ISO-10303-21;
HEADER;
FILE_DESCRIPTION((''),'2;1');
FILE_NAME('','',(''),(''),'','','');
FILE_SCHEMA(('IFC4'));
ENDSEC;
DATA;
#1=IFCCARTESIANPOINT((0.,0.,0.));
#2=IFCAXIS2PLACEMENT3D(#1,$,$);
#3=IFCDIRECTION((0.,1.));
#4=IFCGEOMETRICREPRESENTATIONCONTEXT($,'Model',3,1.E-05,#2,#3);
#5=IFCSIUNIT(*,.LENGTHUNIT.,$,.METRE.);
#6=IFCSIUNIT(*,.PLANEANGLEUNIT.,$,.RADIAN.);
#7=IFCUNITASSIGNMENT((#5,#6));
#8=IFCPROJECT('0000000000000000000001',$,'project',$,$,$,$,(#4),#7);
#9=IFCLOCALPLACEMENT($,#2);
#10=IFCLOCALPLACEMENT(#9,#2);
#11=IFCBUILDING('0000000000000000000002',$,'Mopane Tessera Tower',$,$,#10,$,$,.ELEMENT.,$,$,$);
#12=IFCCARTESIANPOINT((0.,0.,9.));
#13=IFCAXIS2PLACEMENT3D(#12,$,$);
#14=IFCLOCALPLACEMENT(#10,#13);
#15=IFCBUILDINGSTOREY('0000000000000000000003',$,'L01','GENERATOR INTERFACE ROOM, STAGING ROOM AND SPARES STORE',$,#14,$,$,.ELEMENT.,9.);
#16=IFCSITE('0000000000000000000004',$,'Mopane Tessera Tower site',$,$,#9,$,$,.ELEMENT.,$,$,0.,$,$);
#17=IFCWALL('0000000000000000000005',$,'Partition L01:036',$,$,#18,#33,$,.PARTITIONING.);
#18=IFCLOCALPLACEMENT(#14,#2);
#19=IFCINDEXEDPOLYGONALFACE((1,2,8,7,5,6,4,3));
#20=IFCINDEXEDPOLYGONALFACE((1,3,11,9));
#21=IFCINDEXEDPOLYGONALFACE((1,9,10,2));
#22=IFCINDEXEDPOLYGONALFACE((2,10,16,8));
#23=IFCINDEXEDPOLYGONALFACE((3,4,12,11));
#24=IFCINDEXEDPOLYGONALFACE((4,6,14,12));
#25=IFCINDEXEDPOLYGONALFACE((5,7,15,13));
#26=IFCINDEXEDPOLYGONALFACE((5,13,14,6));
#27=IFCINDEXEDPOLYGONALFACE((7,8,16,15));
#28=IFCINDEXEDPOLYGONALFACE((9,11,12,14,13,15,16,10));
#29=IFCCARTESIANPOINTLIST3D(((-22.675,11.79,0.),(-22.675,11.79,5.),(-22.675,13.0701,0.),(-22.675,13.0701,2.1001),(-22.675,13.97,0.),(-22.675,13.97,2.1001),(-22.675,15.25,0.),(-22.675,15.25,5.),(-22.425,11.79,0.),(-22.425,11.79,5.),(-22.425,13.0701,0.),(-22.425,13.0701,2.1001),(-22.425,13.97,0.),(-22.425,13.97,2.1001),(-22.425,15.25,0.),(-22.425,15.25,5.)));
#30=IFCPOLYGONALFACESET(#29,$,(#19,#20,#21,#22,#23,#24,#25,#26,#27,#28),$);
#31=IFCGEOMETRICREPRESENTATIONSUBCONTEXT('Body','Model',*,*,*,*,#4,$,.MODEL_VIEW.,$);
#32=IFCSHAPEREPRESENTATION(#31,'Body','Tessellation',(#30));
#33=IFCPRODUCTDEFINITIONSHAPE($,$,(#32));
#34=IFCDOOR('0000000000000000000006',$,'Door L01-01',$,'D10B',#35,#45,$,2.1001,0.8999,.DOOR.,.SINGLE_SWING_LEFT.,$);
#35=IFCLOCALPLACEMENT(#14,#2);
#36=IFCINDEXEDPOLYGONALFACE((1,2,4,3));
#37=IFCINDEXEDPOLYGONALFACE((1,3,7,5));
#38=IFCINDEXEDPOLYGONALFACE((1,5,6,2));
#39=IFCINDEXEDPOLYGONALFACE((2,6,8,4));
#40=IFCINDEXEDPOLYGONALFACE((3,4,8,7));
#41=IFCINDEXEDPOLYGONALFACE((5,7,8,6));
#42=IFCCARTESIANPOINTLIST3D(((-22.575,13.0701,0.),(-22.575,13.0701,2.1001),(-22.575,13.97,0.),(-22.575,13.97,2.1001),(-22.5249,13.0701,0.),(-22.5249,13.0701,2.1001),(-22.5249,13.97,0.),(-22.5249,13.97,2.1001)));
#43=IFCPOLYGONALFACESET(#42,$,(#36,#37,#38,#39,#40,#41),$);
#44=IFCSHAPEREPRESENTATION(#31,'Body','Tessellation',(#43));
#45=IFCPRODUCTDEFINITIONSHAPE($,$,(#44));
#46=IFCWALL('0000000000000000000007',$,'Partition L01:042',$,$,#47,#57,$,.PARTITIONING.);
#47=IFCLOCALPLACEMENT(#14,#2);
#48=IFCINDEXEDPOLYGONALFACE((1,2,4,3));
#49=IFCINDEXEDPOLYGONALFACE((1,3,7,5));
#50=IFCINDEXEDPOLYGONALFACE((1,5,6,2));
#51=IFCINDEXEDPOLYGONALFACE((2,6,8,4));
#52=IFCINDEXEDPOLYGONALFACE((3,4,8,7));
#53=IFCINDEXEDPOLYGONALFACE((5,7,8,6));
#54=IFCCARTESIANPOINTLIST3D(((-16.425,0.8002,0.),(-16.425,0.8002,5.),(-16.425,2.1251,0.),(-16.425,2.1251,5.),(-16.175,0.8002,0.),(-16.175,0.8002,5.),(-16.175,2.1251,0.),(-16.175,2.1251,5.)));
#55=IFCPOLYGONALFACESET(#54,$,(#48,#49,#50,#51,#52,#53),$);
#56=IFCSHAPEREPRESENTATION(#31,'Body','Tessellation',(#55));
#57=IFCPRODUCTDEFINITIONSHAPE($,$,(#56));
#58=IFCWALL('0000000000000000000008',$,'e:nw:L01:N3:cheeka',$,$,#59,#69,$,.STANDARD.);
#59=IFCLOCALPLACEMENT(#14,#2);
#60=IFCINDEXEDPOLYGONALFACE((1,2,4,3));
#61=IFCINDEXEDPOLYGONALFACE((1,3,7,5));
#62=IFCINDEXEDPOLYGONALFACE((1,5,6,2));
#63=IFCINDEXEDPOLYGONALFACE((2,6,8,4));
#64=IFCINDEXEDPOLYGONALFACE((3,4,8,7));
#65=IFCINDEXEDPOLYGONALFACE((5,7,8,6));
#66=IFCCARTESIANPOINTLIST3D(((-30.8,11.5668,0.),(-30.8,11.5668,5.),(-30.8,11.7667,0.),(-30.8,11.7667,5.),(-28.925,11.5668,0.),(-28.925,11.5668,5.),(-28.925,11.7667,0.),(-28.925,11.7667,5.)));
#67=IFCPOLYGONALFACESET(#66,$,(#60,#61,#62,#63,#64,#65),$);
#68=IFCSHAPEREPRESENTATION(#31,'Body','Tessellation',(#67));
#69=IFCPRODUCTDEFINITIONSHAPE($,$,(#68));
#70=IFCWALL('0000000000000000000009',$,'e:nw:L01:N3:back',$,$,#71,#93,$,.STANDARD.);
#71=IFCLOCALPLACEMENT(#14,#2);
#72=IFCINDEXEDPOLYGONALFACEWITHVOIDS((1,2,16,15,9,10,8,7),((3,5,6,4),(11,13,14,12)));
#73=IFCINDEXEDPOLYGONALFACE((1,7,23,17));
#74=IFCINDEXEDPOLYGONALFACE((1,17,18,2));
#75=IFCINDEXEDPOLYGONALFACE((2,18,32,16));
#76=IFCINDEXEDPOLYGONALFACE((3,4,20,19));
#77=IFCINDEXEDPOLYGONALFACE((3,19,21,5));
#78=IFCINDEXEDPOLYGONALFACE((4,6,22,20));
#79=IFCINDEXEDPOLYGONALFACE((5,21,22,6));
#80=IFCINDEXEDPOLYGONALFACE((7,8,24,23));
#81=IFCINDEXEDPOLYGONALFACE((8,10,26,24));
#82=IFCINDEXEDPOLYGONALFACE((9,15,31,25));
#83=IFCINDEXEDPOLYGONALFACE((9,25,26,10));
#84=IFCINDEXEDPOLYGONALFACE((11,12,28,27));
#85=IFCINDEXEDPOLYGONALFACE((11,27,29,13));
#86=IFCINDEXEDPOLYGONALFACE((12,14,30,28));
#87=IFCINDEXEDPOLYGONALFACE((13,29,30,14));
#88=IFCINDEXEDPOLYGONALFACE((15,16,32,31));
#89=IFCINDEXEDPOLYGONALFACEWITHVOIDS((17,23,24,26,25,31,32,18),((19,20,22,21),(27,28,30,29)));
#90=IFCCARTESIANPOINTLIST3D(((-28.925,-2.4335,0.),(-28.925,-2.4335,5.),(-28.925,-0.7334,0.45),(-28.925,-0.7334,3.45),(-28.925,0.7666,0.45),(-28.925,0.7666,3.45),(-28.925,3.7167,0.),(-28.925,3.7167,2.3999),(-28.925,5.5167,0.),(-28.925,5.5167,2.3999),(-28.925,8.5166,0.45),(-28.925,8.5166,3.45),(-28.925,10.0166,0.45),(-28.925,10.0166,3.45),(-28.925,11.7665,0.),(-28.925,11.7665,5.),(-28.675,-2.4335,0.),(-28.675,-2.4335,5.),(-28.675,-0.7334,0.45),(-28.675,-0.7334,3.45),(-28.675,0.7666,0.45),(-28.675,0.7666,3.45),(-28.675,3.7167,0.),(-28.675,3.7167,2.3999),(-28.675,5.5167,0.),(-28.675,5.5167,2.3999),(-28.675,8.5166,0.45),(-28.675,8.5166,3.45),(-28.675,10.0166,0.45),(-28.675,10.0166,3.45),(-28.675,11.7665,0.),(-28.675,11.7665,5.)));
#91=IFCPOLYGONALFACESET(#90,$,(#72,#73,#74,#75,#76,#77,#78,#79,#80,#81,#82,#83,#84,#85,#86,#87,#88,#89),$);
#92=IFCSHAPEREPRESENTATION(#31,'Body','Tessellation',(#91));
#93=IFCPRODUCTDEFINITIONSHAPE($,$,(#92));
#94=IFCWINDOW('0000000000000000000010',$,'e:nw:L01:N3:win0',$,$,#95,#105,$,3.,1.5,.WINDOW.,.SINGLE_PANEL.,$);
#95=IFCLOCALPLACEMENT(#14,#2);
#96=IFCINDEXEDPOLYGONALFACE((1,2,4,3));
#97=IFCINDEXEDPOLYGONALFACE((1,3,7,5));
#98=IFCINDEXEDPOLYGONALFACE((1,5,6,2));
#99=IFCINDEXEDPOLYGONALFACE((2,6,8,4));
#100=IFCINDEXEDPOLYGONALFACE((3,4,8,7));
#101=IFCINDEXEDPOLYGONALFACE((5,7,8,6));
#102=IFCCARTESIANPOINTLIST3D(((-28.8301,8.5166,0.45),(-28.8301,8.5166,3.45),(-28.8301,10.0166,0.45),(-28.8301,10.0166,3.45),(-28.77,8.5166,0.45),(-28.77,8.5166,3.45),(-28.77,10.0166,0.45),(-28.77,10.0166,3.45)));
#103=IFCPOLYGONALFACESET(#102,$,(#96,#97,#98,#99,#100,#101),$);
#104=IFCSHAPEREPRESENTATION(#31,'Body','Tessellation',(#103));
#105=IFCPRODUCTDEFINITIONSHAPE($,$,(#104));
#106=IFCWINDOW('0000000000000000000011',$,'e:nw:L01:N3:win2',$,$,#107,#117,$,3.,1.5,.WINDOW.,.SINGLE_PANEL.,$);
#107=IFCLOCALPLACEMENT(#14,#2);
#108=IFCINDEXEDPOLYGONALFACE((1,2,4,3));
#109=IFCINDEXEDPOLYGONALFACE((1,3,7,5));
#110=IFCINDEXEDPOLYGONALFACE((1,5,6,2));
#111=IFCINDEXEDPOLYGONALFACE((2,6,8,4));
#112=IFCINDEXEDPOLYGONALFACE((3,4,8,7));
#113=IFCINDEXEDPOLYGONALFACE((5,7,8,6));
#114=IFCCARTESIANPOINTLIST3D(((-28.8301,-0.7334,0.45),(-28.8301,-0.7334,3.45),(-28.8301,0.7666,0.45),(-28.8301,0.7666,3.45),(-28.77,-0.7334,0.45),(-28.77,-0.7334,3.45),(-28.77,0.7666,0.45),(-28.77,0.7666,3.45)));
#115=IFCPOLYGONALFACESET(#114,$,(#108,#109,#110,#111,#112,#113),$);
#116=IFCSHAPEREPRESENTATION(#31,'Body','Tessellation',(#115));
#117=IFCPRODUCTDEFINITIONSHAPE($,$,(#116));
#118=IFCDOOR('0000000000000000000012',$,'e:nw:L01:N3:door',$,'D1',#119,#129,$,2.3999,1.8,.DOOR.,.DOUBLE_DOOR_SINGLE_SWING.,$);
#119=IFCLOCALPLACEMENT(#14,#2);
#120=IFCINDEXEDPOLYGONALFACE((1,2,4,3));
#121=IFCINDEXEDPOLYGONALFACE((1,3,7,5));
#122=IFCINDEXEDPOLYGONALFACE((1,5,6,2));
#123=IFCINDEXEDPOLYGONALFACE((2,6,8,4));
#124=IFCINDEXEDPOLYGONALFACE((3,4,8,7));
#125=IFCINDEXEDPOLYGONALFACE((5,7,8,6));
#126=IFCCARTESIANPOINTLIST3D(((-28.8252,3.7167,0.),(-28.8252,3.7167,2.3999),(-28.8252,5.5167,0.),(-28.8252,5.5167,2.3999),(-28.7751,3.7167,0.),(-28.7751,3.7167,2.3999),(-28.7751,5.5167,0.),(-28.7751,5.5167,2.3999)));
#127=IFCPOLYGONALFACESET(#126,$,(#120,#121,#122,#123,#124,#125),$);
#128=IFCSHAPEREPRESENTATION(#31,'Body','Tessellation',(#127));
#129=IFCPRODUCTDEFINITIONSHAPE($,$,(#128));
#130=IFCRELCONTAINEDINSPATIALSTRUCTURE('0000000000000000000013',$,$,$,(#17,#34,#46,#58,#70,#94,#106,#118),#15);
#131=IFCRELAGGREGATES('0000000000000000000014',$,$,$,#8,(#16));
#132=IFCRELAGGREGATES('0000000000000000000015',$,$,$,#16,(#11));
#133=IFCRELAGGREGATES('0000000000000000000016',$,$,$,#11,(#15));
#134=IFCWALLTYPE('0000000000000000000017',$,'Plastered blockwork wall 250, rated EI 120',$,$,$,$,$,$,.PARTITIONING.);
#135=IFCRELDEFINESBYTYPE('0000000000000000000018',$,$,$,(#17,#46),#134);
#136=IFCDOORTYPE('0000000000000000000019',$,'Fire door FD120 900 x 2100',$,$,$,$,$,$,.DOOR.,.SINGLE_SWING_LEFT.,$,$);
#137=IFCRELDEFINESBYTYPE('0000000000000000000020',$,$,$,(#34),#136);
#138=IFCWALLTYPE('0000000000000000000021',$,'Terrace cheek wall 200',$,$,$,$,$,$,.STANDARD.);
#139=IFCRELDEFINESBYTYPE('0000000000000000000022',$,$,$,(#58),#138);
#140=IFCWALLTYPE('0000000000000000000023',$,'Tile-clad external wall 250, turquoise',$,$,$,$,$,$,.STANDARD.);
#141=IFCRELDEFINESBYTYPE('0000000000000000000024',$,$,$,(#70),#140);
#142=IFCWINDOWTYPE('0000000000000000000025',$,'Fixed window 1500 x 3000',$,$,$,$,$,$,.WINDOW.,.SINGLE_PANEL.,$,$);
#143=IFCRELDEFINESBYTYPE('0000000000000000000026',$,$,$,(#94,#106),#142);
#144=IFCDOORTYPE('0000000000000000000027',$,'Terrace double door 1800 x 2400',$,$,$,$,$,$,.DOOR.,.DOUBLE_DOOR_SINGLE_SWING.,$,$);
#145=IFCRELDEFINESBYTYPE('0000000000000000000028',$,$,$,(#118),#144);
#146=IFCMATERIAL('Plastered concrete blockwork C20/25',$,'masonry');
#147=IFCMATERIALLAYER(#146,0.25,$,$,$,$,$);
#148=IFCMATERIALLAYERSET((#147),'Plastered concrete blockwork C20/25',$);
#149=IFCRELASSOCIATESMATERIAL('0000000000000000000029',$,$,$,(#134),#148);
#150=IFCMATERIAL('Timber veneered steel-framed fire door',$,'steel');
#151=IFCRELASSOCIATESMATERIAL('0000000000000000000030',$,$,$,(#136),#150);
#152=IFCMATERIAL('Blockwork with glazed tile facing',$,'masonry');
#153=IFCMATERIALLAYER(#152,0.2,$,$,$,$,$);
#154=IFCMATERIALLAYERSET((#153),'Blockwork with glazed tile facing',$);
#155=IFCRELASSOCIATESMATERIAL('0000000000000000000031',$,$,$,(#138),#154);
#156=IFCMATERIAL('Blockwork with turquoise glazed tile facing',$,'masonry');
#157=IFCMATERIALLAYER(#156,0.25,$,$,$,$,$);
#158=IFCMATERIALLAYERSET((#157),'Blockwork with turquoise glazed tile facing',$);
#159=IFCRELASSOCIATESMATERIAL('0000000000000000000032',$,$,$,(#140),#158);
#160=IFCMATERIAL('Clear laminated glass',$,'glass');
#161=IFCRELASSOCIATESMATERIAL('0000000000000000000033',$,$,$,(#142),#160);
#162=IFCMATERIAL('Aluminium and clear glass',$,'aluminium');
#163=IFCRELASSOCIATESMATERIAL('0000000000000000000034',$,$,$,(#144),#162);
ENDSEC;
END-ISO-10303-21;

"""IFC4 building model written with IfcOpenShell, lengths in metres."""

from ifc_helpers import new_model, si_unit, direction, frame, frame_2d, origin, place, context, subcontext, project, spatial, rectangle, extrude, material, layer, layer_set, type_object, element, fill, save


model = new_model("IFC4")

# Units and contexts
model_context = context("Model", 3, precision=1e-05, world=origin(), true_north=direction((0.0, 1.0)))
body_context = subcontext(model_context, "Body", "Model", "MODEL_VIEW")
ifc_project = project(units=[si_unit("LENGTHUNIT", "METRE"), si_unit("PLANEANGLEUNIT", "RADIAN")], contexts=[model_context])

# Site, building, storey
site_placement = place(None, origin())
site = spatial("IfcSite", under=ifc_project, at=site_placement, Name="Mopane Tessera Tower site", CompositionType="ELEMENT", RefElevation=0.0)
building_placement = place(site_placement, origin())
building = spatial("IfcBuilding", under=site, at=building_placement, Name="Mopane Tessera Tower", CompositionType="ELEMENT")
storey_placement = place(building_placement, frame((0.0, 0.0, 9.0)))
storey = spatial("IfcBuildingStorey", under=building, at=storey_placement, Name="L01", Description="GENERATOR INTERFACE ROOM, STAGING ROOM AND SPARES STORE", CompositionType="ELEMENT", Elevation=9.0)

# Shared definitions
ifc_material_1 = material(Name="Plastered concrete blockwork C20/25", Category="masonry")
ifc_layer_1 = layer(ifc_material_1, 0.25)
ifc_layer_set_1 = layer_set([ifc_layer_1], Name="Plastered concrete blockwork C20/25")
wall_type_1 = type_object("IfcWallType", Name="Plastered blockwork wall 250, rated EI 120", PredefinedType="PARTITIONING", material=ifc_layer_set_1)

# Wall, opening, door
wall_1_placement = place(storey_placement, frame((-22.55, 11.79, 0.0), z_axis=(0.0, 0.0, 1.0), x_axis=(0.0, 1.0, 0.0)))
wall_1 = element("IfcWall", 1, at=wall_1_placement, inside=storey, type_object=wall_type_1, Name="Partition L01:036", PredefinedType="PARTITIONING", context=body_context, shape_type="SweptSolid", body=[
    extrude(rectangle(XDim=3.46, YDim=0.25, at=frame_2d((1.73, 0.0))), origin(), (0.0, 0.0, 1.0), 5.0),
])
opening_1_placement = place(wall_1_placement, frame((1.28, 0.0, 0.0)))
opening_1 = element("IfcOpeningElement", 2, at=opening_1_placement, cuts=wall_1, PredefinedType="OPENING", context=body_context, shape_type="SweptSolid", body=[
    extrude(rectangle(XDim=0.8999, YDim=2.1001, at=frame_2d((0.45, 1.05))), frame((0.0, 0.137, 0.0), z_axis=(0.0, -1.0, 0.0), x_axis=(1.0, 0.0, 0.0)), (0.0, 0.0, 1.0), 0.2739),
])
ifc_material_2 = material(Name="Timber veneered steel-framed fire door", Category="steel")
door_type_1 = type_object("IfcDoorType", Name="Fire door FD120 900 x 2100", OperationType="SINGLE_SWING_LEFT", PredefinedType="DOOR", material=ifc_material_2)
door_1_placement = place(opening_1_placement, origin())
door_1 = element("IfcDoor", 3, at=door_1_placement, inside=storey, type_object=door_type_1, Name="Door L01-01", ObjectType="D10B", OperationType="SINGLE_SWING_LEFT", OverallHeight=2.1001, OverallWidth=0.8999, PredefinedType="DOOR", context=body_context, shape_type="SweptSolid", body=[
    extrude(rectangle(XDim=0.8999, YDim=2.1001, at=frame_2d((0.45, 1.05))), frame((0.0, 0.0249, 0.0), z_axis=(0.0, -1.0, 0.0), x_axis=(1.0, 0.0, 0.0)), (0.0, 0.0, 1.0), 0.05),
])
fill(opening_1, door_1)

# Walls
wall_2_placement = place(storey_placement, frame((-16.3, 0.8, 0.0), z_axis=(0.0, 0.0, 1.0), x_axis=(0.0, 1.0, 0.0)))
element("IfcWall", 4, at=wall_2_placement, inside=storey, type_object=wall_type_1, Name="Partition L01:042", PredefinedType="PARTITIONING", context=body_context, shape_type="SweptSolid", body=[
    extrude(rectangle(XDim=1.325, YDim=0.25, at=frame_2d((0.6626, 0.0))), origin(), (0.0, 0.0, 1.0), 5.0),
])
ifc_material_3 = material(Name="Blockwork with glazed tile facing", Category="masonry")
ifc_layer_2 = layer(ifc_material_3, 0.2)
ifc_layer_set_2 = layer_set([ifc_layer_2], Name="Blockwork with glazed tile facing")
wall_type_2 = type_object("IfcWallType", Name="Terrace cheek wall 200", PredefinedType="STANDARD", material=ifc_layer_set_2)
wall_3_placement = place(storey_placement, frame((-30.8, 11.6667, 0.0), z_axis=(0.0, 0.0, 1.0), x_axis=(1.0, 0.0, 0.0)))
element("IfcWall", 5, at=wall_3_placement, inside=storey, type_object=wall_type_2, Name="e:nw:L01:N3:cheeka", PredefinedType="STANDARD", context=body_context, shape_type="SweptSolid", body=[
    extrude(rectangle(XDim=1.875, YDim=0.2, at=frame_2d((0.9375, 0.0))), origin(), (0.0, 0.0, 1.0), 5.0),
])

# Wall, openings, windows, door
ifc_material_4 = material(Name="Blockwork with turquoise glazed tile facing", Category="masonry")
ifc_layer_3 = layer(ifc_material_4, 0.25)
ifc_layer_set_3 = layer_set([ifc_layer_3], Name="Blockwork with turquoise glazed tile facing")
wall_type_3 = type_object("IfcWallType", Name="Tile-clad external wall 250, turquoise", PredefinedType="STANDARD", material=ifc_layer_set_3)
wall_4_placement = place(storey_placement, frame((-28.8, 11.7666, 0.0), z_axis=(0.0, 0.0, 1.0), x_axis=(0.0, -1.0, 0.0)))
wall_4 = element("IfcWall", 6, at=wall_4_placement, inside=storey, type_object=wall_type_3, Name="e:nw:L01:N3:back", PredefinedType="STANDARD", context=body_context, shape_type="SweptSolid", body=[
    extrude(rectangle(XDim=14.2, YDim=0.25, at=frame_2d((7.1001, 0.0))), origin(), (0.0, 0.0, 1.0), 5.0),
])
opening_2_placement = place(wall_4_placement, frame((1.75, 0.0, 0.45)))
opening_2 = element("IfcOpeningElement", 7, at=opening_2_placement, cuts=wall_4, PredefinedType="OPENING", context=body_context, shape_type="SweptSolid", body=[
    extrude(rectangle(XDim=1.5, YDim=3.0, at=frame_2d((0.75, 1.5))), frame((0.0, 0.137, 0.0), z_axis=(0.0, -1.0, 0.0), x_axis=(1.0, 0.0, 0.0)), (0.0, 0.0, 1.0), 0.2739),
])
opening_3_placement = place(wall_4_placement, frame((6.25, 0.0, 0.0)))
opening_3 = element("IfcOpeningElement", 8, at=opening_3_placement, cuts=wall_4, PredefinedType="OPENING", context=body_context, shape_type="SweptSolid", body=[
    extrude(rectangle(XDim=1.8, YDim=2.3999, at=frame_2d((0.8999, 1.2))), frame((0.0, 0.137, 0.0), z_axis=(0.0, -1.0, 0.0), x_axis=(1.0, 0.0, 0.0)), (0.0, 0.0, 1.0), 0.2739),
])
opening_4_placement = place(wall_4_placement, frame((11.0, 0.0, 0.45)))
opening_4 = element("IfcOpeningElement", 9, at=opening_4_placement, cuts=wall_4, PredefinedType="OPENING", context=body_context, shape_type="SweptSolid", body=[
    extrude(rectangle(XDim=1.5, YDim=3.0, at=frame_2d((0.75, 1.5))), frame((0.0, 0.137, 0.0), z_axis=(0.0, -1.0, 0.0), x_axis=(1.0, 0.0, 0.0)), (0.0, 0.0, 1.0), 0.2739),
])
ifc_material_5 = material(Name="Clear laminated glass", Category="glass")
window_type = type_object("IfcWindowType", Name="Fixed window 1500 x 3000", PartitioningType="SINGLE_PANEL", PredefinedType="WINDOW", material=ifc_material_5)
window_1_placement = place(opening_2_placement, origin())
window_1 = element("IfcWindow", 10, at=window_1_placement, inside=storey, type_object=window_type, Name="e:nw:L01:N3:win0", OverallHeight=3.0, OverallWidth=1.5, PartitioningType="SINGLE_PANEL", PredefinedType="WINDOW", context=body_context, shape_type="SweptSolid", body=[
    extrude(rectangle(XDim=1.5, YDim=3.0, at=frame_2d((0.75, 1.5))), frame((0.0, 0.03, 0.0), z_axis=(0.0, -1.0, 0.0), x_axis=(1.0, 0.0, 0.0)), (0.0, 0.0, 1.0), 0.0601),
])
fill(opening_2, window_1)
window_2_placement = place(opening_4_placement, origin())
window_2 = element("IfcWindow", 11, at=window_2_placement, inside=storey, type_object=window_type, Name="e:nw:L01:N3:win2", OverallHeight=3.0, OverallWidth=1.5, PartitioningType="SINGLE_PANEL", PredefinedType="WINDOW", context=body_context, shape_type="SweptSolid", body=[
    extrude(rectangle(XDim=1.5, YDim=3.0, at=frame_2d((0.75, 1.5))), frame((0.0, 0.03, 0.0), z_axis=(0.0, -1.0, 0.0), x_axis=(1.0, 0.0, 0.0)), (0.0, 0.0, 1.0), 0.0601),
])
fill(opening_4, window_2)
ifc_material_6 = material(Name="Aluminium and clear glass", Category="aluminium")
door_type_2 = type_object("IfcDoorType", Name="Terrace double door 1800 x 2400", OperationType="DOUBLE_DOOR_SINGLE_SWING", PredefinedType="DOOR", material=ifc_material_6)
door_2_placement = place(opening_3_placement, origin())
door_2 = element("IfcDoor", 12, at=door_2_placement, inside=storey, type_object=door_type_2, Name="e:nw:L01:N3:door", ObjectType="D1", OperationType="DOUBLE_DOOR_SINGLE_SWING", OverallHeight=2.3999, OverallWidth=1.8, PredefinedType="DOOR", context=body_context, shape_type="SweptSolid", body=[
    extrude(rectangle(XDim=1.8, YDim=2.3999, at=frame_2d((0.8999, 1.2))), frame((0.0, 0.0249, 0.0), z_axis=(0.0, -1.0, 0.0), x_axis=(1.0, 0.0, 0.0)), (0.0, 0.0, 1.0), 0.05),
])
fill(opening_3, door_2)

save(model, "model.ifc")
